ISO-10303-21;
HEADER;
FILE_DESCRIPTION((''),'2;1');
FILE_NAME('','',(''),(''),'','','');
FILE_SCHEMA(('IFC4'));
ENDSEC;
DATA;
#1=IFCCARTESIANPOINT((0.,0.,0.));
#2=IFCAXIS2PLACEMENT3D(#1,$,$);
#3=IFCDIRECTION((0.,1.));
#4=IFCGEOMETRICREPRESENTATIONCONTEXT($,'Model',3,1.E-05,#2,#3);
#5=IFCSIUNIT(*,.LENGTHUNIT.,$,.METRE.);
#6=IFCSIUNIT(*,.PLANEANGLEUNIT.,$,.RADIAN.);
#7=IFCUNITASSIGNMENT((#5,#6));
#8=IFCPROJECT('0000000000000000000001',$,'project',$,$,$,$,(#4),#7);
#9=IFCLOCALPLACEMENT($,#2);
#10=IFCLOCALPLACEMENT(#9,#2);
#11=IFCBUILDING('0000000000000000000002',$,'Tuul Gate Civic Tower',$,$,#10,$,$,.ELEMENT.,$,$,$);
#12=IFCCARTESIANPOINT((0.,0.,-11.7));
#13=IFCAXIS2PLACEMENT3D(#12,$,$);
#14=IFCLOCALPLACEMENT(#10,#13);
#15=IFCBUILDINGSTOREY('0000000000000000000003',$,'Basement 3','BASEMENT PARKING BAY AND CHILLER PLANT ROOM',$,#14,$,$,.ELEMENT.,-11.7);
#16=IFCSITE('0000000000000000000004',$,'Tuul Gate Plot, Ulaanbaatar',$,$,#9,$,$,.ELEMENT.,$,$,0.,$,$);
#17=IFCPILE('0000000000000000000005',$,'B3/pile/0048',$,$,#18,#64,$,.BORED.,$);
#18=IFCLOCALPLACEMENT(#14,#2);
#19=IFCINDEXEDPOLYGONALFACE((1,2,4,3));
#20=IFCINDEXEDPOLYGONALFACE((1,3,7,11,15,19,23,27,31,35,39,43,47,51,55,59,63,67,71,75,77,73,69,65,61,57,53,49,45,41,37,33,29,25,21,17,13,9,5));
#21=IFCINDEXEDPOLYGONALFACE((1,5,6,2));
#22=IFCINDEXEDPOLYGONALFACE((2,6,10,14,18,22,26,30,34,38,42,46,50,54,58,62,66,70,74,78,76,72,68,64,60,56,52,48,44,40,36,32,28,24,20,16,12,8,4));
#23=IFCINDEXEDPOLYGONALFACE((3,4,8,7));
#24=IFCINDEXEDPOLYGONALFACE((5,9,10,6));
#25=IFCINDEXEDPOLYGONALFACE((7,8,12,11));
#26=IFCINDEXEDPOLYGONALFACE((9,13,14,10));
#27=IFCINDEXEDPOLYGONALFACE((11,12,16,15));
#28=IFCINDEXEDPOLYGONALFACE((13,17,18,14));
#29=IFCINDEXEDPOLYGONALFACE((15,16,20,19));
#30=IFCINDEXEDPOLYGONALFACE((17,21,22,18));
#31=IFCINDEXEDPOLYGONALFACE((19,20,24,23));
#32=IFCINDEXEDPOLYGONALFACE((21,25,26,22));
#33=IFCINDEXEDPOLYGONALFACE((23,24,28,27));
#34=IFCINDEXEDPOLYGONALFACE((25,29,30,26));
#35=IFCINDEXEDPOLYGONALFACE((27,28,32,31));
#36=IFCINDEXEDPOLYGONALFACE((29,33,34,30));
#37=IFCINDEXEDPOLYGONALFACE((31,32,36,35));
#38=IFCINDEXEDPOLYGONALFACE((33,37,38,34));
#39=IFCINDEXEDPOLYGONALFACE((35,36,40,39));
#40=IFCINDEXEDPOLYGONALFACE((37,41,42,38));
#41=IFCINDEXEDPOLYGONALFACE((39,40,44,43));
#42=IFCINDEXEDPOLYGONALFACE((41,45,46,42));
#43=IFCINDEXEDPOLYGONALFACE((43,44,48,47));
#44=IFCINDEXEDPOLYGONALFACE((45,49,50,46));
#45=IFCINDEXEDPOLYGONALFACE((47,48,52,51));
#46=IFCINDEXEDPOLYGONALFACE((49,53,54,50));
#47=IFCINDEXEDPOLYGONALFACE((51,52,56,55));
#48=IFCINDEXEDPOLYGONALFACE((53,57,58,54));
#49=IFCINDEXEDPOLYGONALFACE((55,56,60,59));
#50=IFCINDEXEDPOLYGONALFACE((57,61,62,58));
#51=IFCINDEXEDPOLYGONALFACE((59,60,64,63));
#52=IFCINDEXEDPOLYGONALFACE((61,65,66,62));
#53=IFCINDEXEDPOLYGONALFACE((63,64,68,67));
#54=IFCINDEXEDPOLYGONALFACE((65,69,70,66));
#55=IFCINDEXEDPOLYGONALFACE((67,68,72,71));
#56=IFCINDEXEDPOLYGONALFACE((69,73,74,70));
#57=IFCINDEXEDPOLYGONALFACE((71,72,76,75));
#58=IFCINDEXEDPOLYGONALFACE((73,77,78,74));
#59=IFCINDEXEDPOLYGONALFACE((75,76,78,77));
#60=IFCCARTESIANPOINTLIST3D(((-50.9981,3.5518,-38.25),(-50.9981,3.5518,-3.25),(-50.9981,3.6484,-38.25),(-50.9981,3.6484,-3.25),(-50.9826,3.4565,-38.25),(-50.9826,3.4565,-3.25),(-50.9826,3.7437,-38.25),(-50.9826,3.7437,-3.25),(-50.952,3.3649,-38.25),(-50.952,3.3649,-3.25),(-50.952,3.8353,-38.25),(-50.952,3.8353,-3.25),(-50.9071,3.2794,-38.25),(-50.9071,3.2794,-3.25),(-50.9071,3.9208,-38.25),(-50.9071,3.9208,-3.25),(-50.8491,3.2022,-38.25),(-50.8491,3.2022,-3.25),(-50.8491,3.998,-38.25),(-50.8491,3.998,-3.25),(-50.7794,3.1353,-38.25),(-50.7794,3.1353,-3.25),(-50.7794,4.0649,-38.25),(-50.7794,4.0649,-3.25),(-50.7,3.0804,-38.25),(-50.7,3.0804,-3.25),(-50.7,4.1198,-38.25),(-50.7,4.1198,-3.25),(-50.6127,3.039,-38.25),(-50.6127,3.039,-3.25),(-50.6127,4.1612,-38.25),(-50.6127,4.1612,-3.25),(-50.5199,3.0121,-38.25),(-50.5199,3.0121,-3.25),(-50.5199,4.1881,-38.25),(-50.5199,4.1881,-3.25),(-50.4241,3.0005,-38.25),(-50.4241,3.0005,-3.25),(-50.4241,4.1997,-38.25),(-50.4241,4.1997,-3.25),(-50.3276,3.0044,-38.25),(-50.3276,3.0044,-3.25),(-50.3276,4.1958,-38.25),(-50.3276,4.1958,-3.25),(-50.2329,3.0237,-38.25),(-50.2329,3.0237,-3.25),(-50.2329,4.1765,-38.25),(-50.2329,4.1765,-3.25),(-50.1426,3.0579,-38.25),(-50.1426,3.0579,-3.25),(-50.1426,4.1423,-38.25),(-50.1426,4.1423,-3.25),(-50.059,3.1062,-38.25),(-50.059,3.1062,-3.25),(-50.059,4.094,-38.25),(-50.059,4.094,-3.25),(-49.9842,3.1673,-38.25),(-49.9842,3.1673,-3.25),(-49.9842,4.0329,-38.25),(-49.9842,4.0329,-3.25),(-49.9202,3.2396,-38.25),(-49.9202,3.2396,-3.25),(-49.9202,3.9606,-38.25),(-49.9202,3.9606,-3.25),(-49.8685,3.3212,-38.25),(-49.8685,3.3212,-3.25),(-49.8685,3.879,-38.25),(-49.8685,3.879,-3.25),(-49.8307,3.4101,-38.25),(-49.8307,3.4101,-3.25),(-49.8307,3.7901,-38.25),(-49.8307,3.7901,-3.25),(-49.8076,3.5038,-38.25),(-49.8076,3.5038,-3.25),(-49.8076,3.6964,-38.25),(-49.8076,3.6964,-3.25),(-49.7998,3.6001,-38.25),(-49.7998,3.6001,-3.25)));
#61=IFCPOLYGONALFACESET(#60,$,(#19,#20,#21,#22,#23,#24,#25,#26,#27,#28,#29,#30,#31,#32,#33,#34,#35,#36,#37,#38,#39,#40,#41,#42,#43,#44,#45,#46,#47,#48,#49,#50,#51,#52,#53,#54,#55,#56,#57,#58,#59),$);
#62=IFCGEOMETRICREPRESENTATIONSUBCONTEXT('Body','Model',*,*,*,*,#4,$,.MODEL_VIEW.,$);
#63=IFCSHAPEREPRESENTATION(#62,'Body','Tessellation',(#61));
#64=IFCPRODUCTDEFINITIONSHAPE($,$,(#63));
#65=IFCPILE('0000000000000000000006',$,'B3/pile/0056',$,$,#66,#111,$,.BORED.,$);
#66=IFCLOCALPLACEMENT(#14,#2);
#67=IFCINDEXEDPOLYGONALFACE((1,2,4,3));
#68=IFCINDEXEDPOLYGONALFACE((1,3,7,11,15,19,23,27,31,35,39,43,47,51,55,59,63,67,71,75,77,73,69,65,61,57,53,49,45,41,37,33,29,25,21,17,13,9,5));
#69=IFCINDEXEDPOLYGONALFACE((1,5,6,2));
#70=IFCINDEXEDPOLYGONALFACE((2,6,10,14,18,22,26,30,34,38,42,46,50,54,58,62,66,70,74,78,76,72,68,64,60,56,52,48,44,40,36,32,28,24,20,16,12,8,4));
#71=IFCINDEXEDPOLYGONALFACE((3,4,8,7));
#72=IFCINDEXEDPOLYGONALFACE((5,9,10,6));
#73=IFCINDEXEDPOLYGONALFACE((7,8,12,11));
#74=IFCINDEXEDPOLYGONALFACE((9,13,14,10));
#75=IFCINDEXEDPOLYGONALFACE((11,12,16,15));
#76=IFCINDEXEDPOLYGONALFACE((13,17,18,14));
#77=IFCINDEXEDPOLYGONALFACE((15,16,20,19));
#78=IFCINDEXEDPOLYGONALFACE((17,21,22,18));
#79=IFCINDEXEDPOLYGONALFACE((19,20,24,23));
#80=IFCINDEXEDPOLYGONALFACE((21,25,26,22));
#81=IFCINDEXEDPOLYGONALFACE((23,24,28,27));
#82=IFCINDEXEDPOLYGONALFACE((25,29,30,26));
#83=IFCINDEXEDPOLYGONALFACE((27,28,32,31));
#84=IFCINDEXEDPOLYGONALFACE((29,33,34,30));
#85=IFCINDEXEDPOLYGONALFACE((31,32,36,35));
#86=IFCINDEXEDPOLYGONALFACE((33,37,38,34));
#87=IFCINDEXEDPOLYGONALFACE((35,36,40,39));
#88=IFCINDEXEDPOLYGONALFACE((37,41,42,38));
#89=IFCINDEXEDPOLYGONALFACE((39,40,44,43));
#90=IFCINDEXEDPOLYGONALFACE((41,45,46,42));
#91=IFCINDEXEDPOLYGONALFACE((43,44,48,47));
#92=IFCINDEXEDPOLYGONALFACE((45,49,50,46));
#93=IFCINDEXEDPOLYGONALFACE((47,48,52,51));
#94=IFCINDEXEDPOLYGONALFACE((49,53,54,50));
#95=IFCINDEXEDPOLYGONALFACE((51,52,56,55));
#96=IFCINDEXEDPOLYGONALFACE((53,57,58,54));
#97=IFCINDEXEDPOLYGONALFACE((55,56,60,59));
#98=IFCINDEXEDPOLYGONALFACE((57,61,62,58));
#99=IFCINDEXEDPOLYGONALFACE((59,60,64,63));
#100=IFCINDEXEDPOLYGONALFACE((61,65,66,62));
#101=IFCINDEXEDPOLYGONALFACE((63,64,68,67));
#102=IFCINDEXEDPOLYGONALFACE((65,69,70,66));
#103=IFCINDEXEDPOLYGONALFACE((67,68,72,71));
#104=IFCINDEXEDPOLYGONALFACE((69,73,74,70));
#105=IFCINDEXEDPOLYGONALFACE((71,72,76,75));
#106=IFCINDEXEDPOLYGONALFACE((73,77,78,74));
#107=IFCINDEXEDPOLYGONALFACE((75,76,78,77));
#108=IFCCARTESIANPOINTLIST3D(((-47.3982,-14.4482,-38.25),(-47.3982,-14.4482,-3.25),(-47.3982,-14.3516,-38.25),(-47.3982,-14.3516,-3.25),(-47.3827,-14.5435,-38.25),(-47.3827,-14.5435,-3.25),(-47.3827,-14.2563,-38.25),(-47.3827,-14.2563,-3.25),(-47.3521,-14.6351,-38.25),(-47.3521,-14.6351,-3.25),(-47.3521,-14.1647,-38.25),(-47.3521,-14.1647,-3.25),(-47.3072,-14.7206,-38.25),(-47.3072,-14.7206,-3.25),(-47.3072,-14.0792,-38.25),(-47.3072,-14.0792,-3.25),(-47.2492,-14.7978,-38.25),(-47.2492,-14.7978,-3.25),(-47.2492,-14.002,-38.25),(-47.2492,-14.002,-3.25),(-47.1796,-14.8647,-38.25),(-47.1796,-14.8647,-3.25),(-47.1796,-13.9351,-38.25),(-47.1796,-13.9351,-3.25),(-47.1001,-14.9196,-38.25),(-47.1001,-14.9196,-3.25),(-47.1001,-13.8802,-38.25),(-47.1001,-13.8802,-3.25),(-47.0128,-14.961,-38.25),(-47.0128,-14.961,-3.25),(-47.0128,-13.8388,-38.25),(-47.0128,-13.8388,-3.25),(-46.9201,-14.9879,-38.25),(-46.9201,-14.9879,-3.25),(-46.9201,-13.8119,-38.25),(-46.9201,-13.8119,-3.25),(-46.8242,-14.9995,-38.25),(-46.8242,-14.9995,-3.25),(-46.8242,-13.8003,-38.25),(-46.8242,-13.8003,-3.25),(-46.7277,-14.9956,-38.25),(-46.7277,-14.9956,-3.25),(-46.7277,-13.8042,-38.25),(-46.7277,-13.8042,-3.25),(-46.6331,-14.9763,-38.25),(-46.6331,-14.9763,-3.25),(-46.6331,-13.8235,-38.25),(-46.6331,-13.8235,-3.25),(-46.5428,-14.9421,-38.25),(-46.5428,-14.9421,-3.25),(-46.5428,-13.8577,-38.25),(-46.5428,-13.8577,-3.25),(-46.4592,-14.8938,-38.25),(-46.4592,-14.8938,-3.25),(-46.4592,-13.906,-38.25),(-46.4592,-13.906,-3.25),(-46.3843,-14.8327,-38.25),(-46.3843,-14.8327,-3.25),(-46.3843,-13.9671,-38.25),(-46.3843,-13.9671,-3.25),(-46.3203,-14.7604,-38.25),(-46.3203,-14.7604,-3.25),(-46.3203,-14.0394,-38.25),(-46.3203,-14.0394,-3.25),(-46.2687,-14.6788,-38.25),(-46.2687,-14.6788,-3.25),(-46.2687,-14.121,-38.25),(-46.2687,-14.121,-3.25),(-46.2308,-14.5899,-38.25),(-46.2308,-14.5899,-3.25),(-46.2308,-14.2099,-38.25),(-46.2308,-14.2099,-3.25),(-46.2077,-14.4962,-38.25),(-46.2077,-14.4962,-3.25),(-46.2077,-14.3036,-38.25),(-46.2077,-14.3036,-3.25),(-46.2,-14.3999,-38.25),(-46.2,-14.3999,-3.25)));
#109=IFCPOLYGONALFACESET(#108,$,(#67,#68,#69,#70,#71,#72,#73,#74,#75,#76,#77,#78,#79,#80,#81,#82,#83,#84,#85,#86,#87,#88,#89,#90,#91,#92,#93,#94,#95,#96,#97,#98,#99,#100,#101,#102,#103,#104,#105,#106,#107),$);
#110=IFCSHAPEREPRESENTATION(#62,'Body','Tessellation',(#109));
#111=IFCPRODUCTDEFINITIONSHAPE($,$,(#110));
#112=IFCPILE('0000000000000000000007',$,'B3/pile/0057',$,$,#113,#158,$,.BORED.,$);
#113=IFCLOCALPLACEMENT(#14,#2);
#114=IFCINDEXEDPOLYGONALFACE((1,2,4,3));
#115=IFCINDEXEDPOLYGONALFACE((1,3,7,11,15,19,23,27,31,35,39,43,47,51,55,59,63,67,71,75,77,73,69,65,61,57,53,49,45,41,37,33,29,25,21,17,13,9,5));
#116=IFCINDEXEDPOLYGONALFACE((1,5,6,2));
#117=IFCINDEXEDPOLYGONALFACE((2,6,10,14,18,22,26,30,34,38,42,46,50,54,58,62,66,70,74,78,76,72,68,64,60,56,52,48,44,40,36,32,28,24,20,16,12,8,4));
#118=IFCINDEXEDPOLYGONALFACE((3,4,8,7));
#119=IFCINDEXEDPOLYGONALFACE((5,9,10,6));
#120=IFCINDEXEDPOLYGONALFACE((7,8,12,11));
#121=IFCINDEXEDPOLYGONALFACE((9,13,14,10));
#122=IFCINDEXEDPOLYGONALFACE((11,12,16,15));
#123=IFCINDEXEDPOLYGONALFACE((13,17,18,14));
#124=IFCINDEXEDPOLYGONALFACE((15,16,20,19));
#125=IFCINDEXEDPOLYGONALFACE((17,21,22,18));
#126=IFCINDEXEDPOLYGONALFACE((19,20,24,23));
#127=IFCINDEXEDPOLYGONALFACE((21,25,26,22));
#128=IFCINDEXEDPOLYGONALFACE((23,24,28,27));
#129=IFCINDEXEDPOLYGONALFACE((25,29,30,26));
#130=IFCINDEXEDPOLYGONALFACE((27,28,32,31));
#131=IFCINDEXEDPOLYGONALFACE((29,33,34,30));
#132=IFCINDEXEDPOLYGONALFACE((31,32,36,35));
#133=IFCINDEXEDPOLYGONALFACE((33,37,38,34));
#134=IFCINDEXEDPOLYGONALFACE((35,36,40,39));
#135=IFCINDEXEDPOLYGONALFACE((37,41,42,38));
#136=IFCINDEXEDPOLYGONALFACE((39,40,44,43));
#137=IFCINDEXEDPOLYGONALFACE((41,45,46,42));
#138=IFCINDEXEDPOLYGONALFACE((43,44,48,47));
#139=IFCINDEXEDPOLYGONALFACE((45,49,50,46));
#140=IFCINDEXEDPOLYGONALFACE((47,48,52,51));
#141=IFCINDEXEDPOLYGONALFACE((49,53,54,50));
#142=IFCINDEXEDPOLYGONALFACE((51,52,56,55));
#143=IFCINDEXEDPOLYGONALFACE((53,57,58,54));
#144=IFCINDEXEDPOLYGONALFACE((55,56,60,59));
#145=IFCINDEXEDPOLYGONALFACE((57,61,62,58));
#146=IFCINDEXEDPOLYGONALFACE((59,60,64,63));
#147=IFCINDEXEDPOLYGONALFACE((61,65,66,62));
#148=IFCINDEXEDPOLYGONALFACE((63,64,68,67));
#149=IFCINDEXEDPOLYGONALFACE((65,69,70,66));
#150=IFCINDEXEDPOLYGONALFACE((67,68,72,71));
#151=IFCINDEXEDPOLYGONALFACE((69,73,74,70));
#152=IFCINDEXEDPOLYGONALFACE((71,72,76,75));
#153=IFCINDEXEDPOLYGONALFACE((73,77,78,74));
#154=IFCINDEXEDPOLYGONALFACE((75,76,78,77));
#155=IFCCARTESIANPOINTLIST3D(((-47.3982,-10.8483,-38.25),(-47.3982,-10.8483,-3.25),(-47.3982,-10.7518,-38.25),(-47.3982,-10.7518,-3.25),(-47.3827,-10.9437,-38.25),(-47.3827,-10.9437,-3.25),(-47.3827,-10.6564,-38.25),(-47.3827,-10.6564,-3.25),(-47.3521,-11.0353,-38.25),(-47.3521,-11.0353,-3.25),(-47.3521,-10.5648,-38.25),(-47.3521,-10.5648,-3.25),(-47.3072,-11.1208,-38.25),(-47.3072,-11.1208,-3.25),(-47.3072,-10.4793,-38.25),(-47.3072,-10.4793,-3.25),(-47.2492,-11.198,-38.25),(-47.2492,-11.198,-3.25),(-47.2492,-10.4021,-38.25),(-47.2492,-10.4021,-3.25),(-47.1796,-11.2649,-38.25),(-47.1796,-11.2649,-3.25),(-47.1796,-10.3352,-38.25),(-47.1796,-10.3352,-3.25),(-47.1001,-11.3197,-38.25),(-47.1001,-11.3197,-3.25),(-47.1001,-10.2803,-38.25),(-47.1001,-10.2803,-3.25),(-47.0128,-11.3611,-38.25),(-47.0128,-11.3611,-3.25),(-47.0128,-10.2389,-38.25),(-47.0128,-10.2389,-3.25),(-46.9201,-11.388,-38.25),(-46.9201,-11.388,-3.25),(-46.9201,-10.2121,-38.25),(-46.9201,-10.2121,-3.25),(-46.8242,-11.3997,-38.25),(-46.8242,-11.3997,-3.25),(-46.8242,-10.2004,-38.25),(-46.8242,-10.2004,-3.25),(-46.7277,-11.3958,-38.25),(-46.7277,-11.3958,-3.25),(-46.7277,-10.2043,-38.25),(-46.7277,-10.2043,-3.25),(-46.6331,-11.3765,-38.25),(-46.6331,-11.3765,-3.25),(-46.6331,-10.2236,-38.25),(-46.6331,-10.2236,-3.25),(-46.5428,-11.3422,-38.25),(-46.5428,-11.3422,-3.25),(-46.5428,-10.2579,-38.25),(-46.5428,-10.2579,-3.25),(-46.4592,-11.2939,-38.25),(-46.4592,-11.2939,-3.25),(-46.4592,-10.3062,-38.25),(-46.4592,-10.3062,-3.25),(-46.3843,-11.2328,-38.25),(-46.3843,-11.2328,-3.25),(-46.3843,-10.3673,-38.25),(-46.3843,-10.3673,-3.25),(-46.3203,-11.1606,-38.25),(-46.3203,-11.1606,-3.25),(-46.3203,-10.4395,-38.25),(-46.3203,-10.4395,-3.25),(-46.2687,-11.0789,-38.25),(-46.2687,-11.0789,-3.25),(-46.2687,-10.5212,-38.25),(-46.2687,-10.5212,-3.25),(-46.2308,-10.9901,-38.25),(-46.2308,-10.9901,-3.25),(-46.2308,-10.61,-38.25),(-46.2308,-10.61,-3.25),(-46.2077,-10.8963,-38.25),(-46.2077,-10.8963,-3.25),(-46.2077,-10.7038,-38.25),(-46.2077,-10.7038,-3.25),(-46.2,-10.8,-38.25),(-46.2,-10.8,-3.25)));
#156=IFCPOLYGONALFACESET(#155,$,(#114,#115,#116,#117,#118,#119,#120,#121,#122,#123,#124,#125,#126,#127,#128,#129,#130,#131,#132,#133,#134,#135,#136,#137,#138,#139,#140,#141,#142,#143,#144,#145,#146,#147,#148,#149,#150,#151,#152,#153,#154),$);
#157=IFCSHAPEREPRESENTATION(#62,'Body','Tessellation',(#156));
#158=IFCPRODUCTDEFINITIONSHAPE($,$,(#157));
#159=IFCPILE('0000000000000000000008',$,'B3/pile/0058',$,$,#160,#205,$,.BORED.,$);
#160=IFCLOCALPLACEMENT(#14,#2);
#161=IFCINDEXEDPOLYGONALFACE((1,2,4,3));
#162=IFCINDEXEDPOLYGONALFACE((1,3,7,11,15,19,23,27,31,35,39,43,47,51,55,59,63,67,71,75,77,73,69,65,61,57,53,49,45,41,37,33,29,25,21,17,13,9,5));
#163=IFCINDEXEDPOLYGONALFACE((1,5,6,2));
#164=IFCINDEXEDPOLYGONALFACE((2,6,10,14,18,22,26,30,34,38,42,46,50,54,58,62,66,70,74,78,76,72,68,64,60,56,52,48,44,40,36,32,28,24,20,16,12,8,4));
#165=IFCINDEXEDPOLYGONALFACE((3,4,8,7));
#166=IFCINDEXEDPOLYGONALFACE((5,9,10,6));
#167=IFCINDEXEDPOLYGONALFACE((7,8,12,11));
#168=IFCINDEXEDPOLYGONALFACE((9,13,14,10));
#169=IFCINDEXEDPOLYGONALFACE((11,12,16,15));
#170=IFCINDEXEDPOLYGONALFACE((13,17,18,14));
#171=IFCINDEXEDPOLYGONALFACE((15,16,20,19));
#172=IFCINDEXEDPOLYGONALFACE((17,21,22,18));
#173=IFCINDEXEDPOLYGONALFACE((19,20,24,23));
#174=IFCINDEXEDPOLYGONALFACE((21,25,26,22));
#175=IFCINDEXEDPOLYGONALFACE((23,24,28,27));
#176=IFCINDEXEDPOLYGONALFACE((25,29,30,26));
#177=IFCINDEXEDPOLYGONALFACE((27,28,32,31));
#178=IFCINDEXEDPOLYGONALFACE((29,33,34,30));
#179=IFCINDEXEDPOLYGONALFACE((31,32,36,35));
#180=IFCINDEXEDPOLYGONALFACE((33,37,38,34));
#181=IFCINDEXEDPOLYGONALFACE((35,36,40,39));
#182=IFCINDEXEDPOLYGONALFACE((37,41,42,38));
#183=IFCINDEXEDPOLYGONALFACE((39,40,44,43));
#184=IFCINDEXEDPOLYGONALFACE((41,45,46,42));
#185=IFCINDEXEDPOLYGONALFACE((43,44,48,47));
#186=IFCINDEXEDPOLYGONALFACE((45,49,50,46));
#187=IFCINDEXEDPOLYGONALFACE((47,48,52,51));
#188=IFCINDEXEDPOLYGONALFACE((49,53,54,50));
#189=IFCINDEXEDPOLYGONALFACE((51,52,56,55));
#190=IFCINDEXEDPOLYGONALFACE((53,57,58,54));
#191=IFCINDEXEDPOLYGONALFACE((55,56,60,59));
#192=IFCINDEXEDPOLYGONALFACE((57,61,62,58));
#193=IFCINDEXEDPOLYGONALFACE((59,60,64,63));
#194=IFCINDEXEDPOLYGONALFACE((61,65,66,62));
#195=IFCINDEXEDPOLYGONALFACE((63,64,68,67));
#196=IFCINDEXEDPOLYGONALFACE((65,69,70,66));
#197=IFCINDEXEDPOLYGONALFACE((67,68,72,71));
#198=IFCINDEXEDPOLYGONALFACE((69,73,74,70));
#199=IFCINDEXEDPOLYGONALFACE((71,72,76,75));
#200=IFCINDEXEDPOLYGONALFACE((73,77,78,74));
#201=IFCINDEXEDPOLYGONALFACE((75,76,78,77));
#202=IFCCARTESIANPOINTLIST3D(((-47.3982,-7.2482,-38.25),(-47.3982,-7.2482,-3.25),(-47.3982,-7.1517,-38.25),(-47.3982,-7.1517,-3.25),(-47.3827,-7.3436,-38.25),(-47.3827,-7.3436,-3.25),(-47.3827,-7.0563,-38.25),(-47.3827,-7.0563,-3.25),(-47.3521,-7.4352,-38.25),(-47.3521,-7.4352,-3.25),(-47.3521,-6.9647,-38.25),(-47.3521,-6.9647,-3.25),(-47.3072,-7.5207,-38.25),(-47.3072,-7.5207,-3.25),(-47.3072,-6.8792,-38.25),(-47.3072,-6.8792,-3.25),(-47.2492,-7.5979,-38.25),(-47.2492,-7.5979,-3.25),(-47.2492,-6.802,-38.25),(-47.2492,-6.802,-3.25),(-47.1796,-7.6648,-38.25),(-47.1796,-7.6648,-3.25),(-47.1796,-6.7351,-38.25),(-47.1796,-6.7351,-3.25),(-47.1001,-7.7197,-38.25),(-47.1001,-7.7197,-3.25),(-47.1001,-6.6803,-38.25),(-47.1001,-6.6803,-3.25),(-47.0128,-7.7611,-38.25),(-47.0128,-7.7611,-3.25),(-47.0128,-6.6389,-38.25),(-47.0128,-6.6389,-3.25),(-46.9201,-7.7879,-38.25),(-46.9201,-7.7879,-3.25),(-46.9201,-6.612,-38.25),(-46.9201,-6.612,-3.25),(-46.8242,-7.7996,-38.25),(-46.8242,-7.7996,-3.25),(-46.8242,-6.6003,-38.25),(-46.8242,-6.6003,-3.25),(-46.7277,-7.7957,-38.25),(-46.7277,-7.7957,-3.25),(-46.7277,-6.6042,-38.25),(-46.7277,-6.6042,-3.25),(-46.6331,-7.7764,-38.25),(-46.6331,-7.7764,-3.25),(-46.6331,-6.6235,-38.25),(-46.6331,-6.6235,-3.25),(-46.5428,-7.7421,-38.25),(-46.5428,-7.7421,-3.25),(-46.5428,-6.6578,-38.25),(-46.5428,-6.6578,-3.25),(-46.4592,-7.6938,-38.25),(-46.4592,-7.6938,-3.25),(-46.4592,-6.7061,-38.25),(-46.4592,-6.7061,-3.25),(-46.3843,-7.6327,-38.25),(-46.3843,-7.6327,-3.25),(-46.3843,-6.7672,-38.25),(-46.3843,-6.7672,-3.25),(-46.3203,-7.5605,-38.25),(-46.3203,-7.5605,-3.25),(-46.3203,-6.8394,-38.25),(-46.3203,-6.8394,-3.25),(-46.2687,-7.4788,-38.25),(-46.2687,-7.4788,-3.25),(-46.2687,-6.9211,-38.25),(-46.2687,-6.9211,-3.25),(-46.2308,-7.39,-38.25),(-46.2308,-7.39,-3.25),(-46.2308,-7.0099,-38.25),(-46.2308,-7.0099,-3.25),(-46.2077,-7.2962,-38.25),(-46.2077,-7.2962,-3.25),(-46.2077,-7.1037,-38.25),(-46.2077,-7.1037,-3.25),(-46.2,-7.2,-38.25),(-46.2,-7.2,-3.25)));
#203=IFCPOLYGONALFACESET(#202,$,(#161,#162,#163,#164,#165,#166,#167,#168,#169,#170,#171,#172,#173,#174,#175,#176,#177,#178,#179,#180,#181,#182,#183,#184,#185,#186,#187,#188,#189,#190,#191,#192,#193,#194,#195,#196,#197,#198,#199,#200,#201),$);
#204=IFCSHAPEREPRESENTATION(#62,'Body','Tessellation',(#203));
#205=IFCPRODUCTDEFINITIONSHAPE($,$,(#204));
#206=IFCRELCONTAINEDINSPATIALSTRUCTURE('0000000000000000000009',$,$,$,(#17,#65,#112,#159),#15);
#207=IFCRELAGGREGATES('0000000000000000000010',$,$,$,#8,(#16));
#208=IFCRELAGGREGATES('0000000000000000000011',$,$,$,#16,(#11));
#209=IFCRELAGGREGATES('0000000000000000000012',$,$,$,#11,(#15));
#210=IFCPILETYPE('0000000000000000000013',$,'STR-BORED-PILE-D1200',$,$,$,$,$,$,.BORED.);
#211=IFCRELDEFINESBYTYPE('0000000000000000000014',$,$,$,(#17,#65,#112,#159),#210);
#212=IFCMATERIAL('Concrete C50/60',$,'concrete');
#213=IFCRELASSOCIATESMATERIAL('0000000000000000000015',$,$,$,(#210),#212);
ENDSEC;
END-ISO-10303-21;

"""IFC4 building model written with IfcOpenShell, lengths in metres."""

from ifc_helpers import new_model, si_unit, direction, frame, origin, origin_2d, place, context, subcontext, project, spatial, circle, extrude, material, material_profile, profile_set, type_object, element, save


model = new_model("IFC4")

# Units and contexts
model_context = context("Model", 3, precision=1e-05, world=origin(), true_north=direction((0.0, 1.0)))
body_context = subcontext(model_context, "Body", "Model", "MODEL_VIEW")
ifc_project = project(units=[si_unit("LENGTHUNIT", "METRE"), si_unit("PLANEANGLEUNIT", "RADIAN")], contexts=[model_context])

# Site, building, storey
site_placement = place(None, origin())
site = spatial("IfcSite", under=ifc_project, at=site_placement, Name="Tuul Gate Plot, Ulaanbaatar", CompositionType="ELEMENT", RefElevation=0.0)
building_placement = place(site_placement, origin())
building = spatial("IfcBuilding", under=site, at=building_placement, Name="Tuul Gate Civic Tower", CompositionType="ELEMENT")
storey_placement = place(building_placement, frame((0.0, 0.0, -11.7)))
storey = spatial("IfcBuildingStorey", under=building, at=storey_placement, Name="Basement 3", Description="BASEMENT PARKING BAY AND CHILLER PLANT ROOM", CompositionType="ELEMENT", Elevation=-11.7)

# Piles
ifc_material_1 = material(Name="Concrete C50/60", Category="concrete")
ifc_material_profile_1 = material_profile(ifc_material_1, circle(Radius=0.6001, at=origin_2d()), Name="PILE1200")
ifc_profile_set_1 = profile_set([ifc_material_profile_1], Name="Concrete C50/60")
pile_type = type_object("IfcPileType", Name="STR-BORED-PILE-D1200", PredefinedType="BORED", material=ifc_profile_set_1)
for number, where, z_axis, x_axis, name in (
    (1, (-50.3999, 3.6001, -3.25), (0.0, 0.0, -1.0), (1.0, 0.0, 0.0), "B3/pile/0048"),
    (2, (-46.8, -14.3999, -3.25), (0.0, 0.0, -1.0), (1.0, 0.0, 0.0), "B3/pile/0056"),
    (3, (-46.8, -10.8, -3.25), (0.0, 0.0, -1.0), (1.0, 0.0, 0.0), "B3/pile/0057"),
    (4, (-46.8, -7.2, -3.25), (0.0, 0.0, -1.0), (1.0, 0.0, 0.0), "B3/pile/0058"),
):
    element("IfcPile", number, at=place(storey_placement, frame(where, z_axis=z_axis, x_axis=x_axis)), inside=storey, type_object=pile_type, Name=name, PredefinedType="BORED", context=body_context, shape_type="SweptSolid", body=[
        extrude(circle(Radius=0.6001, at=origin_2d()), origin(), (0.0, 0.0, 1.0), 35.0),
    ])

save(model, "model.ifc")
